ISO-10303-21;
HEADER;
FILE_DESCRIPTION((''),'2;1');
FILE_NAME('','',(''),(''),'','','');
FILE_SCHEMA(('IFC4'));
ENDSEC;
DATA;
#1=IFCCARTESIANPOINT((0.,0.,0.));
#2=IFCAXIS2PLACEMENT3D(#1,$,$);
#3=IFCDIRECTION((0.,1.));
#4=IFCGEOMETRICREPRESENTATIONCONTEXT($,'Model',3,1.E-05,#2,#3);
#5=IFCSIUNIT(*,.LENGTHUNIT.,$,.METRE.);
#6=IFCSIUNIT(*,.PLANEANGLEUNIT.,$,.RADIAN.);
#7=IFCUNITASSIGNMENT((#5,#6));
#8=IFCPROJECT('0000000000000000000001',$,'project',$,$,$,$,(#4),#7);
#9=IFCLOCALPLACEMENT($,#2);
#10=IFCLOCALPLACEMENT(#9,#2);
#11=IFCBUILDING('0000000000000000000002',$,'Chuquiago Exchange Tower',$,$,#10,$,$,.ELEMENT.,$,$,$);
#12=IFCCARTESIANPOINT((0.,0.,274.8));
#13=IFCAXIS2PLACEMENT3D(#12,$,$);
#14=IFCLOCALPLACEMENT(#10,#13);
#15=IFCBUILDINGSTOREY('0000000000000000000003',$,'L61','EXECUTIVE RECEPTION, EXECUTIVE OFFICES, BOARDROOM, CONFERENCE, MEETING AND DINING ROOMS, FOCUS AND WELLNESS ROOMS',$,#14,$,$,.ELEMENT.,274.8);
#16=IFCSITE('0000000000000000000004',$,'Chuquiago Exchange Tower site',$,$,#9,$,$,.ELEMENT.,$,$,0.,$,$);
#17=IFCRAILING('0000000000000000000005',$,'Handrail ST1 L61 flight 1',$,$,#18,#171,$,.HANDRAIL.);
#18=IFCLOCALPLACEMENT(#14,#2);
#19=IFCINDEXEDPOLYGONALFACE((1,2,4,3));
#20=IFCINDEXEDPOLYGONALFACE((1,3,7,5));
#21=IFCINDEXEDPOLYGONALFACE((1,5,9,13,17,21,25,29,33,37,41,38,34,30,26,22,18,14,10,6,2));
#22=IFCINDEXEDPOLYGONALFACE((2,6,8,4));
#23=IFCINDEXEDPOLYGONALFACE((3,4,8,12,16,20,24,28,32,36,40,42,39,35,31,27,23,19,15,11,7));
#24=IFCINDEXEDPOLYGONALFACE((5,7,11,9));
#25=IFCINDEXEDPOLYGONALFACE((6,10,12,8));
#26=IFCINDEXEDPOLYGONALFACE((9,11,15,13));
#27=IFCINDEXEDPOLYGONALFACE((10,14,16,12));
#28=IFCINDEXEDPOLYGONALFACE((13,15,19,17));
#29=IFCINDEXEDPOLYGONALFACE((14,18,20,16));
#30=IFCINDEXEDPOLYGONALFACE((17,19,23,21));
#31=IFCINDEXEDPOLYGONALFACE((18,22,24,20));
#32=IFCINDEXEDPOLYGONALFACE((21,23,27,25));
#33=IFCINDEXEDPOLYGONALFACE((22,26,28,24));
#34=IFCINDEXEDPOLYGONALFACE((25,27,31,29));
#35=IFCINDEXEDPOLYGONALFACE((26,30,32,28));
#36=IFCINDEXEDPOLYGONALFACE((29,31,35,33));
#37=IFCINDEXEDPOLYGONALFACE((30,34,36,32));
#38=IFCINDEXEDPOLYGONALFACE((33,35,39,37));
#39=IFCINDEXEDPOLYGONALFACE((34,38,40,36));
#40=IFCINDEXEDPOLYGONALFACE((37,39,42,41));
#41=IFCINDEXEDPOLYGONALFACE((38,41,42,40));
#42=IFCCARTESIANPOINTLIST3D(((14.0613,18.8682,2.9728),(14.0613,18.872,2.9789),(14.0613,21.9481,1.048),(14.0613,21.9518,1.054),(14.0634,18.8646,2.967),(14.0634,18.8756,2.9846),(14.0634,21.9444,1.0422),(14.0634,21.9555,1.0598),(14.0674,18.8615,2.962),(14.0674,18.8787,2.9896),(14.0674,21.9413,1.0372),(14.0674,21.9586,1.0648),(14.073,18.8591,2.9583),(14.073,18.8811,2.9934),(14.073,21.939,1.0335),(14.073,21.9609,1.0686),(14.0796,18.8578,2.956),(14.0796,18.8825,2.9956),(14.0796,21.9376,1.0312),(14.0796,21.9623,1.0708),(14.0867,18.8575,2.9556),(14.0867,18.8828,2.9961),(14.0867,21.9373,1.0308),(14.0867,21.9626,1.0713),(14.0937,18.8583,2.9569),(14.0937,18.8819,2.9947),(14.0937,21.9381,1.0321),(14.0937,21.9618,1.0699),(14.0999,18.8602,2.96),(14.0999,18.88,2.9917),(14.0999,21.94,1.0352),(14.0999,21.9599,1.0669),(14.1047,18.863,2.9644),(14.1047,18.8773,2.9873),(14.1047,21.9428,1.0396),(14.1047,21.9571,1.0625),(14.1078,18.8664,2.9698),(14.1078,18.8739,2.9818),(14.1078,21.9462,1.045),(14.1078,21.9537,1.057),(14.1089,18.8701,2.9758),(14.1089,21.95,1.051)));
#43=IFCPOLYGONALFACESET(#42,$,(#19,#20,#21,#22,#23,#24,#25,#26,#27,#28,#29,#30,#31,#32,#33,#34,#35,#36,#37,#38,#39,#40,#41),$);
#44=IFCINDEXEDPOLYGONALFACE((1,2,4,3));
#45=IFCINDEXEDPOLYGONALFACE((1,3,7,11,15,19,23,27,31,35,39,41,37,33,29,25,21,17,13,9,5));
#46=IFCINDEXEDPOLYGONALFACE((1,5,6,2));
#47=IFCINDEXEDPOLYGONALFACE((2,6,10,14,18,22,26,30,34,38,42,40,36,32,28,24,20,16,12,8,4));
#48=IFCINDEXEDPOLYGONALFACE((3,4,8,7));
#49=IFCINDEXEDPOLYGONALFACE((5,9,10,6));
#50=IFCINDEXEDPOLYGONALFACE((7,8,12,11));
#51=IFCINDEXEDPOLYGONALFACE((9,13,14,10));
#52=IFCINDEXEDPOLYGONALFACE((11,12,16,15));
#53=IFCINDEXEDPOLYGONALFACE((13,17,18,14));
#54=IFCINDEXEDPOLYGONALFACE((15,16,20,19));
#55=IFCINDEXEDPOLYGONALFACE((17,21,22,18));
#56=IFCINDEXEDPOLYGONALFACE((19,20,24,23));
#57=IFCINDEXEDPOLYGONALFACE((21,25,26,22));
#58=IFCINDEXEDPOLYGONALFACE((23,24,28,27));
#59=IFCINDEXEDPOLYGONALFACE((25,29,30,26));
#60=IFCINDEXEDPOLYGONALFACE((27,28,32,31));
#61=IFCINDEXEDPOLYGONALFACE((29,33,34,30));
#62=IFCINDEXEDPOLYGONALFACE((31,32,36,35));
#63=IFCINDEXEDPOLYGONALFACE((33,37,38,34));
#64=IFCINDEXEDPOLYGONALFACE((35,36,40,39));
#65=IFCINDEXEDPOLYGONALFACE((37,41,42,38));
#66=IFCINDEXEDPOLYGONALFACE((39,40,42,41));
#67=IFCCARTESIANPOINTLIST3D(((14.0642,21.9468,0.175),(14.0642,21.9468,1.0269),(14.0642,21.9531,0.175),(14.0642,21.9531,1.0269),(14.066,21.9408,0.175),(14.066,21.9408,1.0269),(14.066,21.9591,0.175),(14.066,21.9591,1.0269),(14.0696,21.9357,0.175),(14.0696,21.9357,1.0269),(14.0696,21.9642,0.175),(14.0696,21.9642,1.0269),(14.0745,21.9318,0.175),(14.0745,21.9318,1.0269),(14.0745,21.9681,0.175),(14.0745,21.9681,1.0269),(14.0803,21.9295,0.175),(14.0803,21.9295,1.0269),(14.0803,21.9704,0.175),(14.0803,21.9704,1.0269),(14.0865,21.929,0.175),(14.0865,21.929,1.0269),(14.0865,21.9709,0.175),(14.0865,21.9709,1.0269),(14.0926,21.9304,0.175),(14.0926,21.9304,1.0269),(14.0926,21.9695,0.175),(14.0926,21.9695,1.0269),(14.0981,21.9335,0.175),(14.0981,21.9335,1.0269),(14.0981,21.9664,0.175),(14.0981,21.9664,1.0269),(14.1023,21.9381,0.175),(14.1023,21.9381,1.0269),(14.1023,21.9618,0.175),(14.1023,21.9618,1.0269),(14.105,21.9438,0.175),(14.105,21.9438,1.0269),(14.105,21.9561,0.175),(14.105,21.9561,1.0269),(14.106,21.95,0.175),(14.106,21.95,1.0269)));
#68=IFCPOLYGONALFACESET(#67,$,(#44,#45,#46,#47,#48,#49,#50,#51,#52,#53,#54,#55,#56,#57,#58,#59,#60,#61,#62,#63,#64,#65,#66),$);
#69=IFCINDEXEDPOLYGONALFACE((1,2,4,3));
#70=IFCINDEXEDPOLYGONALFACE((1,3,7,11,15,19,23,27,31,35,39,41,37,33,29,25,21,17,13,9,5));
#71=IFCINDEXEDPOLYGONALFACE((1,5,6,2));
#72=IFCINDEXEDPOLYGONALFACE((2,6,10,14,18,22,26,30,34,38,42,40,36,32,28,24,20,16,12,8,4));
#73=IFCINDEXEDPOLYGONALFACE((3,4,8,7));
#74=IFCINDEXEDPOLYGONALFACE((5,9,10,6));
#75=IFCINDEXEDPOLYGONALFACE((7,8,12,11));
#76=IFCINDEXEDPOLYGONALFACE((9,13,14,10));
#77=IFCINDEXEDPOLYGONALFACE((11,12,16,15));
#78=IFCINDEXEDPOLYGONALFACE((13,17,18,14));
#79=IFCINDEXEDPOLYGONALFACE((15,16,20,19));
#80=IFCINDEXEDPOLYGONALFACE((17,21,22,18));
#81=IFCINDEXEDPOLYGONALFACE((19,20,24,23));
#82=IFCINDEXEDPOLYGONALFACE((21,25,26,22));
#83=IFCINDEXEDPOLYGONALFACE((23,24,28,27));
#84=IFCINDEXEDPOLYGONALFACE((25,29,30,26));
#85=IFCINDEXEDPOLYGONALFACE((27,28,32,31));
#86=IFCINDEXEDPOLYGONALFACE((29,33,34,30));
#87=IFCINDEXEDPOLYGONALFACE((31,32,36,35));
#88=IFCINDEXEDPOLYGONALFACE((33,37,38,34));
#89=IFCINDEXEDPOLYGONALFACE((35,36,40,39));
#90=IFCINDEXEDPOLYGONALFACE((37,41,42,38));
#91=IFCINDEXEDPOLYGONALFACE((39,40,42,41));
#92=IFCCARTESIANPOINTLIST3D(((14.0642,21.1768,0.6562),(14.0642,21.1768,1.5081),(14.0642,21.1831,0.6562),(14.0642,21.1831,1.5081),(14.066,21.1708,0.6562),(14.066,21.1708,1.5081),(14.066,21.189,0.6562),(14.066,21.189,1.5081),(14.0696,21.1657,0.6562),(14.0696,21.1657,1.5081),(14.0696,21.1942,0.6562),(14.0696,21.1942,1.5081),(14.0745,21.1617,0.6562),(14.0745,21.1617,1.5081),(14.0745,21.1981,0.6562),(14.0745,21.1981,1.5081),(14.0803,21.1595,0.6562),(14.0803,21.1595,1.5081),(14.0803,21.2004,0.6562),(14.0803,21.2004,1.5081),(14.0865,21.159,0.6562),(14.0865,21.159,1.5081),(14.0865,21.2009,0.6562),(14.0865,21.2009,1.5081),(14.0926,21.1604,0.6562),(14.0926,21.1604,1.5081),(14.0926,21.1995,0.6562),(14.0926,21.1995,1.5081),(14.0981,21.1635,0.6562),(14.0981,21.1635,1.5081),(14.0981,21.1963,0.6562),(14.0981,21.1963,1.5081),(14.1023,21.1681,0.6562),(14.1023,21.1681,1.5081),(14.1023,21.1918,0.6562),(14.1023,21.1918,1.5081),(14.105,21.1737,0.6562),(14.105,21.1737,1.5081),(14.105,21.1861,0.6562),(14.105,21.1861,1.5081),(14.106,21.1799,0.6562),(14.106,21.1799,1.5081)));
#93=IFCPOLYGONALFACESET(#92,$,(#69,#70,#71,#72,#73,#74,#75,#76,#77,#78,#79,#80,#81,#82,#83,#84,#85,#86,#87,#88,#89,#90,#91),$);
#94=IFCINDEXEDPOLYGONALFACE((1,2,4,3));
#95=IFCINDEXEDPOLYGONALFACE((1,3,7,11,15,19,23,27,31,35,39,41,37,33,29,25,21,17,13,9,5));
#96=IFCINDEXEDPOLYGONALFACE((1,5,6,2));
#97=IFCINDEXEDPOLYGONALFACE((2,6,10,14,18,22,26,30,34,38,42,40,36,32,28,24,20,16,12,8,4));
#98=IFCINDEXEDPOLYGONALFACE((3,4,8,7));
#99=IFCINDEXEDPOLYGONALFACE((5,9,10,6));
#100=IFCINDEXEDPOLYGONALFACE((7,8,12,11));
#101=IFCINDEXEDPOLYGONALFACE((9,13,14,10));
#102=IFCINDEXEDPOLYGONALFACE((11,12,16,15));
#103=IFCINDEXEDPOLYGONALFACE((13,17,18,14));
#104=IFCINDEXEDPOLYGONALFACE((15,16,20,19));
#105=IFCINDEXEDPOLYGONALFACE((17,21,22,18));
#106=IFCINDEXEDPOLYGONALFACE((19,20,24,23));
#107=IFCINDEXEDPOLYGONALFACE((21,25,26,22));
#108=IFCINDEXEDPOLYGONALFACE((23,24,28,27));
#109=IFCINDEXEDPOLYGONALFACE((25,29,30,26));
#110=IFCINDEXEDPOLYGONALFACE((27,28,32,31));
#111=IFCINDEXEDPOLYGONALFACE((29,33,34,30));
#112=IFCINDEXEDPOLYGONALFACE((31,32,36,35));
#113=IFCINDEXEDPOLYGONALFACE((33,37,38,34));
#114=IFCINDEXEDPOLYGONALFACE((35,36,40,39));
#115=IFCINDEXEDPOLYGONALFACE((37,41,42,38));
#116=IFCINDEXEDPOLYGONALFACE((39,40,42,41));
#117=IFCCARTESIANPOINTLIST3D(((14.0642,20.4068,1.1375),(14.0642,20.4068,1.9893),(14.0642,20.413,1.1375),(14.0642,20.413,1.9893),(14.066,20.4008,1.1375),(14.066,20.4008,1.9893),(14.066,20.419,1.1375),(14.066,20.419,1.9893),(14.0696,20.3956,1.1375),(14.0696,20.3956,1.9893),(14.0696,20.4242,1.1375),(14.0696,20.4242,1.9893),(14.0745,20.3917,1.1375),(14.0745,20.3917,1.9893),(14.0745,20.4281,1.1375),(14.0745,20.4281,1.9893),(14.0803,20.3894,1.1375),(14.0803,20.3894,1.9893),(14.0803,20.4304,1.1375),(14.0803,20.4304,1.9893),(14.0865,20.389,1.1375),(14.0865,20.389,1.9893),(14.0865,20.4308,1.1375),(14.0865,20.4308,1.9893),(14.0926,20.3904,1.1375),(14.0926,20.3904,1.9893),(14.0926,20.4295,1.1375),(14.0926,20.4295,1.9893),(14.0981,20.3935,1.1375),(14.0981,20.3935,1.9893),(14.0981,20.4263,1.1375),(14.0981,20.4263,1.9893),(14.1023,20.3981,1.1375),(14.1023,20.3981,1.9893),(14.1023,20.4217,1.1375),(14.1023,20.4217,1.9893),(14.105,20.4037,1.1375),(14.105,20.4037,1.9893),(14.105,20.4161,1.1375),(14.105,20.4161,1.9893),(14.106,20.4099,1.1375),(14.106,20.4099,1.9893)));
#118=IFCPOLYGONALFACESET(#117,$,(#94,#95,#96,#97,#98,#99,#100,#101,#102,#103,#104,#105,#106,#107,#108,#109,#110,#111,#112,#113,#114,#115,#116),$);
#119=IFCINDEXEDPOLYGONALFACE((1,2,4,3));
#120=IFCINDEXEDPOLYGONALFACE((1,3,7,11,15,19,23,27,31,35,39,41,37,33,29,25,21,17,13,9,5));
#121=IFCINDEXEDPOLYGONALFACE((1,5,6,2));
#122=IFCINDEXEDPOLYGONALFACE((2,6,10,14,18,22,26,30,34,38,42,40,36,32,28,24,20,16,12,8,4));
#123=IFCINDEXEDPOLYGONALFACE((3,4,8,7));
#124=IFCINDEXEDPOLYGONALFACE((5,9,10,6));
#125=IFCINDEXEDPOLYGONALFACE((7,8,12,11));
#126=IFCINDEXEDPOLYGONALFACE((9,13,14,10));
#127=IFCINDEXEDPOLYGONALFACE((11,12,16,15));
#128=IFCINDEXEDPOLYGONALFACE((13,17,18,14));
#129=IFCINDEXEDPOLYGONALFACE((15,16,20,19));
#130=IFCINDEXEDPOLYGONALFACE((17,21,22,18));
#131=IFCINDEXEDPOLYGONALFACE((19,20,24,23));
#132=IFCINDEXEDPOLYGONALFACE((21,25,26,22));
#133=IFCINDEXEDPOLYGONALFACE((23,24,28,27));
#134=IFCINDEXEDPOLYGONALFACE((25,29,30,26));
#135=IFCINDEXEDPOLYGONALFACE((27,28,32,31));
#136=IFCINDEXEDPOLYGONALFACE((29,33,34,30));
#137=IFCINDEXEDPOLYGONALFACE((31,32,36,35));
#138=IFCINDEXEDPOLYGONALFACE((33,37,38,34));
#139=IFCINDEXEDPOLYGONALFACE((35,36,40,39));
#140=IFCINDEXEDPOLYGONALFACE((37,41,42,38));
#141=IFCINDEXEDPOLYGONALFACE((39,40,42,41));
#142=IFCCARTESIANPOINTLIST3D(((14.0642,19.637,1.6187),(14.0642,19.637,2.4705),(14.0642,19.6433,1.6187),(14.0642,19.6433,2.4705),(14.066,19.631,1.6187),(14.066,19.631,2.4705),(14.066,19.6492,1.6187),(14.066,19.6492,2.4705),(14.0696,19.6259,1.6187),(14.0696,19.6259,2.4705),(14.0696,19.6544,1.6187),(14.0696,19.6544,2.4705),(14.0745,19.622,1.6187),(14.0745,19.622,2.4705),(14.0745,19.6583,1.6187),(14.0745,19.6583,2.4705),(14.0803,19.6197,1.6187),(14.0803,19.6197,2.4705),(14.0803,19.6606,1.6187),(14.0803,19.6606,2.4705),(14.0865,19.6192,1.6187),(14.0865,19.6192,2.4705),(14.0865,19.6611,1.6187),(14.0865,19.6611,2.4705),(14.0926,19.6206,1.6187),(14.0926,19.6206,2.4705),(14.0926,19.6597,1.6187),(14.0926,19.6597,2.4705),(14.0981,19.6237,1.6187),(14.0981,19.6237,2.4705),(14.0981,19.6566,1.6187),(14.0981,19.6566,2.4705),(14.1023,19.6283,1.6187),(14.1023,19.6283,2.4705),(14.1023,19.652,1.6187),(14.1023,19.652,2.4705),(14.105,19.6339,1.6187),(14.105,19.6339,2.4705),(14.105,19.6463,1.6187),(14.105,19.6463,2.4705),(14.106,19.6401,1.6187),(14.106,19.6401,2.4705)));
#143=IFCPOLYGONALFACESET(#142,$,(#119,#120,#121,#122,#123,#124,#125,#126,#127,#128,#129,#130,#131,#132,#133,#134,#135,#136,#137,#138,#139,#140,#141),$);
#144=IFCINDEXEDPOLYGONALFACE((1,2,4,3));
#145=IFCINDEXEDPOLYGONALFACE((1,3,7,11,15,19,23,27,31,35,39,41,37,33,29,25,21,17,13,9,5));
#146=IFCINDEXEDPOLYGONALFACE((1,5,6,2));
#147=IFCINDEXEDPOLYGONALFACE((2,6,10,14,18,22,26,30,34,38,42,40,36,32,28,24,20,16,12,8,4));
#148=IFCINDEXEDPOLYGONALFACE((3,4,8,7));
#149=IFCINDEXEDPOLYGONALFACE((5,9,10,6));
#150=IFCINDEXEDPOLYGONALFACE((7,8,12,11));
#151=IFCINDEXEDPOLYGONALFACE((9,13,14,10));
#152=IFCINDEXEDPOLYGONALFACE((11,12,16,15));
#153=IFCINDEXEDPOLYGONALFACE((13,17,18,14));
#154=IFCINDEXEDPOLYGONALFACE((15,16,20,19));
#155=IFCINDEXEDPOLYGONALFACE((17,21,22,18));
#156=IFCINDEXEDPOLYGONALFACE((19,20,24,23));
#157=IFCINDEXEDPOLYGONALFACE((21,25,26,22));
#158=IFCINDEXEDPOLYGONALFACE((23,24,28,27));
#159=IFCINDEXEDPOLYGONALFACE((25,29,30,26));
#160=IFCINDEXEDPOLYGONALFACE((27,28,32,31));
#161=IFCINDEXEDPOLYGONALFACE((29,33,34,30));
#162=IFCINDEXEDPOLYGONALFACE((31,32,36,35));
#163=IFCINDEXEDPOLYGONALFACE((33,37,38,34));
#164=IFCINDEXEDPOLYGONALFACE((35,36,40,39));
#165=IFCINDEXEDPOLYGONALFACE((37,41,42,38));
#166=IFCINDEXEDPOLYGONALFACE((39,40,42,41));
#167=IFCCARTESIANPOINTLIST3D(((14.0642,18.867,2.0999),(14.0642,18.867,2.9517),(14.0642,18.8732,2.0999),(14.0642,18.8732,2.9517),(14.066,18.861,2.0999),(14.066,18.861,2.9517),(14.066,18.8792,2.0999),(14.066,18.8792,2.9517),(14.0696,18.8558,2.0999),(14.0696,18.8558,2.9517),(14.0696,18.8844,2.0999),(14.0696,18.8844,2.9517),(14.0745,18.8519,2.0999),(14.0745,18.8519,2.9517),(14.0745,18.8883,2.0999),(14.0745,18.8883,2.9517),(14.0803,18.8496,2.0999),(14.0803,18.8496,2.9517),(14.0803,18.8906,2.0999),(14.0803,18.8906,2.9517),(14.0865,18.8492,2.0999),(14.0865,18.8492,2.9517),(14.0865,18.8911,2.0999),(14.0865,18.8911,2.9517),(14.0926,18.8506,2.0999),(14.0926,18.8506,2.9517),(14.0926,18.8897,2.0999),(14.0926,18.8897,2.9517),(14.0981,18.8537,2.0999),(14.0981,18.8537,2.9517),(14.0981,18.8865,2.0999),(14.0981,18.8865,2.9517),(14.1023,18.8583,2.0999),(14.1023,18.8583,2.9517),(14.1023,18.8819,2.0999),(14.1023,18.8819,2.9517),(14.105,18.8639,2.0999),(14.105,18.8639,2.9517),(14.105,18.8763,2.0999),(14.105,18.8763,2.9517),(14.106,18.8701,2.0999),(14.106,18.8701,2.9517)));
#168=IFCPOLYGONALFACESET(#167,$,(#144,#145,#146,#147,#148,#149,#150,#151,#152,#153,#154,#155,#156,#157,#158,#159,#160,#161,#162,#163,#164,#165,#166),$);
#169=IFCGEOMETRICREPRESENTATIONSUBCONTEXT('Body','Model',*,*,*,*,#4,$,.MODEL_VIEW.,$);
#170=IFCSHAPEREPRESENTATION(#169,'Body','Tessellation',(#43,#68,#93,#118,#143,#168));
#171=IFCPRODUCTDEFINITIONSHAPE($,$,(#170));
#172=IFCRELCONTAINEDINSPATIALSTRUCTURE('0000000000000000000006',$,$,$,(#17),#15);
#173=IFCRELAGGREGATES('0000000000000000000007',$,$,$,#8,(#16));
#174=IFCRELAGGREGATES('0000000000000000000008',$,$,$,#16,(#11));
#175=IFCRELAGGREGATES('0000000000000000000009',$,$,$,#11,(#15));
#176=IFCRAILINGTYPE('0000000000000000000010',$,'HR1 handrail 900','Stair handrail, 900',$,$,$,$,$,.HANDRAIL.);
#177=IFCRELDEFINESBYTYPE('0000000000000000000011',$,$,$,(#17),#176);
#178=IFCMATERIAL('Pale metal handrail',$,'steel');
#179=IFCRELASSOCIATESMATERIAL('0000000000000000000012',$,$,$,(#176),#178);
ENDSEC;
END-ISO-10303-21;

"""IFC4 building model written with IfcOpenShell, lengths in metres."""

from ifc_helpers import new_model, si_unit, direction, frame, origin, origin_2d, place, context, subcontext, project, spatial, circle, extrude, material, type_object, element, save


model = new_model("IFC4")

# Units and contexts
model_context = context("Model", 3, precision=1e-05, world=origin(), true_north=direction((0.0, 1.0)))
body_context = subcontext(model_context, "Body", "Model", "MODEL_VIEW")
ifc_project = project(units=[si_unit("LENGTHUNIT", "METRE"), si_unit("PLANEANGLEUNIT", "RADIAN")], contexts=[model_context])

# Site, building, storey
site_placement = place(None, origin())
site = spatial("IfcSite", under=ifc_project, at=site_placement, Name="Chuquiago Exchange Tower site", CompositionType="ELEMENT", RefElevation=0.0)
building_placement = place(site_placement, origin())
building = spatial("IfcBuilding", under=site, at=building_placement, Name="Chuquiago Exchange Tower", CompositionType="ELEMENT")
storey_placement = place(building_placement, frame((0.0, 0.0, 274.8)))
storey = spatial("IfcBuildingStorey", under=building, at=storey_placement, Name="L61", Description="EXECUTIVE RECEPTION, EXECUTIVE OFFICES, BOARDROOM, CONFERENCE, MEETING AND DINING ROOMS, FOCUS AND WELLNESS ROOMS", CompositionType="ELEMENT", Elevation=274.8)

# Railing
ifc_material_1 = material(Name="Pale metal handrail", Category="steel")
railing_type_1 = type_object("IfcRailingType", Name="HR1 handrail 900", Description="Stair handrail, 900", PredefinedType="HANDRAIL", material=ifc_material_1)
for number, where, name in (
    (1, (14.085, 21.95, 0.175), "Handrail ST1 L61 flight 1"),
):
    element("IfcRailing", number, at=place(storey_placement, frame(where)), inside=storey, type_object=railing_type_1, Name=name, PredefinedType="HANDRAIL", context=body_context, shape_type="SweptSolid", body=[
        extrude(circle(Radius=0.0239, at=origin_2d()), frame((0.0, 0.0, 0.876), z_axis=(0.0, -0.84801, 0.529981), x_axis=(1.0, 0.0, 0.0)), (0.0, 0.0, 1.0), 3.6318),
        extrude(circle(Radius=0.021, at=origin_2d()), origin(), (0.0, 0.0, 1.0), 0.8518),
        extrude(circle(Radius=0.021, at=origin_2d()), frame((0.0, -0.77, 0.4812)), (0.0, 0.0, 1.0), 0.8518),
        extrude(circle(Radius=0.021, at=origin_2d()), frame((0.0, -1.54, 0.9624)), (0.0, 0.0, 1.0), 0.8518),
        extrude(circle(Radius=0.021, at=origin_2d()), frame((0.0, -2.3098, 1.4436)), (0.0, 0.0, 1.0), 0.8518),
        extrude(circle(Radius=0.021, at=origin_2d()), frame((0.0, -3.0798, 1.9248)), (0.0, 0.0, 1.0), 0.8518),
    ])

save(model, "model.ifc")
